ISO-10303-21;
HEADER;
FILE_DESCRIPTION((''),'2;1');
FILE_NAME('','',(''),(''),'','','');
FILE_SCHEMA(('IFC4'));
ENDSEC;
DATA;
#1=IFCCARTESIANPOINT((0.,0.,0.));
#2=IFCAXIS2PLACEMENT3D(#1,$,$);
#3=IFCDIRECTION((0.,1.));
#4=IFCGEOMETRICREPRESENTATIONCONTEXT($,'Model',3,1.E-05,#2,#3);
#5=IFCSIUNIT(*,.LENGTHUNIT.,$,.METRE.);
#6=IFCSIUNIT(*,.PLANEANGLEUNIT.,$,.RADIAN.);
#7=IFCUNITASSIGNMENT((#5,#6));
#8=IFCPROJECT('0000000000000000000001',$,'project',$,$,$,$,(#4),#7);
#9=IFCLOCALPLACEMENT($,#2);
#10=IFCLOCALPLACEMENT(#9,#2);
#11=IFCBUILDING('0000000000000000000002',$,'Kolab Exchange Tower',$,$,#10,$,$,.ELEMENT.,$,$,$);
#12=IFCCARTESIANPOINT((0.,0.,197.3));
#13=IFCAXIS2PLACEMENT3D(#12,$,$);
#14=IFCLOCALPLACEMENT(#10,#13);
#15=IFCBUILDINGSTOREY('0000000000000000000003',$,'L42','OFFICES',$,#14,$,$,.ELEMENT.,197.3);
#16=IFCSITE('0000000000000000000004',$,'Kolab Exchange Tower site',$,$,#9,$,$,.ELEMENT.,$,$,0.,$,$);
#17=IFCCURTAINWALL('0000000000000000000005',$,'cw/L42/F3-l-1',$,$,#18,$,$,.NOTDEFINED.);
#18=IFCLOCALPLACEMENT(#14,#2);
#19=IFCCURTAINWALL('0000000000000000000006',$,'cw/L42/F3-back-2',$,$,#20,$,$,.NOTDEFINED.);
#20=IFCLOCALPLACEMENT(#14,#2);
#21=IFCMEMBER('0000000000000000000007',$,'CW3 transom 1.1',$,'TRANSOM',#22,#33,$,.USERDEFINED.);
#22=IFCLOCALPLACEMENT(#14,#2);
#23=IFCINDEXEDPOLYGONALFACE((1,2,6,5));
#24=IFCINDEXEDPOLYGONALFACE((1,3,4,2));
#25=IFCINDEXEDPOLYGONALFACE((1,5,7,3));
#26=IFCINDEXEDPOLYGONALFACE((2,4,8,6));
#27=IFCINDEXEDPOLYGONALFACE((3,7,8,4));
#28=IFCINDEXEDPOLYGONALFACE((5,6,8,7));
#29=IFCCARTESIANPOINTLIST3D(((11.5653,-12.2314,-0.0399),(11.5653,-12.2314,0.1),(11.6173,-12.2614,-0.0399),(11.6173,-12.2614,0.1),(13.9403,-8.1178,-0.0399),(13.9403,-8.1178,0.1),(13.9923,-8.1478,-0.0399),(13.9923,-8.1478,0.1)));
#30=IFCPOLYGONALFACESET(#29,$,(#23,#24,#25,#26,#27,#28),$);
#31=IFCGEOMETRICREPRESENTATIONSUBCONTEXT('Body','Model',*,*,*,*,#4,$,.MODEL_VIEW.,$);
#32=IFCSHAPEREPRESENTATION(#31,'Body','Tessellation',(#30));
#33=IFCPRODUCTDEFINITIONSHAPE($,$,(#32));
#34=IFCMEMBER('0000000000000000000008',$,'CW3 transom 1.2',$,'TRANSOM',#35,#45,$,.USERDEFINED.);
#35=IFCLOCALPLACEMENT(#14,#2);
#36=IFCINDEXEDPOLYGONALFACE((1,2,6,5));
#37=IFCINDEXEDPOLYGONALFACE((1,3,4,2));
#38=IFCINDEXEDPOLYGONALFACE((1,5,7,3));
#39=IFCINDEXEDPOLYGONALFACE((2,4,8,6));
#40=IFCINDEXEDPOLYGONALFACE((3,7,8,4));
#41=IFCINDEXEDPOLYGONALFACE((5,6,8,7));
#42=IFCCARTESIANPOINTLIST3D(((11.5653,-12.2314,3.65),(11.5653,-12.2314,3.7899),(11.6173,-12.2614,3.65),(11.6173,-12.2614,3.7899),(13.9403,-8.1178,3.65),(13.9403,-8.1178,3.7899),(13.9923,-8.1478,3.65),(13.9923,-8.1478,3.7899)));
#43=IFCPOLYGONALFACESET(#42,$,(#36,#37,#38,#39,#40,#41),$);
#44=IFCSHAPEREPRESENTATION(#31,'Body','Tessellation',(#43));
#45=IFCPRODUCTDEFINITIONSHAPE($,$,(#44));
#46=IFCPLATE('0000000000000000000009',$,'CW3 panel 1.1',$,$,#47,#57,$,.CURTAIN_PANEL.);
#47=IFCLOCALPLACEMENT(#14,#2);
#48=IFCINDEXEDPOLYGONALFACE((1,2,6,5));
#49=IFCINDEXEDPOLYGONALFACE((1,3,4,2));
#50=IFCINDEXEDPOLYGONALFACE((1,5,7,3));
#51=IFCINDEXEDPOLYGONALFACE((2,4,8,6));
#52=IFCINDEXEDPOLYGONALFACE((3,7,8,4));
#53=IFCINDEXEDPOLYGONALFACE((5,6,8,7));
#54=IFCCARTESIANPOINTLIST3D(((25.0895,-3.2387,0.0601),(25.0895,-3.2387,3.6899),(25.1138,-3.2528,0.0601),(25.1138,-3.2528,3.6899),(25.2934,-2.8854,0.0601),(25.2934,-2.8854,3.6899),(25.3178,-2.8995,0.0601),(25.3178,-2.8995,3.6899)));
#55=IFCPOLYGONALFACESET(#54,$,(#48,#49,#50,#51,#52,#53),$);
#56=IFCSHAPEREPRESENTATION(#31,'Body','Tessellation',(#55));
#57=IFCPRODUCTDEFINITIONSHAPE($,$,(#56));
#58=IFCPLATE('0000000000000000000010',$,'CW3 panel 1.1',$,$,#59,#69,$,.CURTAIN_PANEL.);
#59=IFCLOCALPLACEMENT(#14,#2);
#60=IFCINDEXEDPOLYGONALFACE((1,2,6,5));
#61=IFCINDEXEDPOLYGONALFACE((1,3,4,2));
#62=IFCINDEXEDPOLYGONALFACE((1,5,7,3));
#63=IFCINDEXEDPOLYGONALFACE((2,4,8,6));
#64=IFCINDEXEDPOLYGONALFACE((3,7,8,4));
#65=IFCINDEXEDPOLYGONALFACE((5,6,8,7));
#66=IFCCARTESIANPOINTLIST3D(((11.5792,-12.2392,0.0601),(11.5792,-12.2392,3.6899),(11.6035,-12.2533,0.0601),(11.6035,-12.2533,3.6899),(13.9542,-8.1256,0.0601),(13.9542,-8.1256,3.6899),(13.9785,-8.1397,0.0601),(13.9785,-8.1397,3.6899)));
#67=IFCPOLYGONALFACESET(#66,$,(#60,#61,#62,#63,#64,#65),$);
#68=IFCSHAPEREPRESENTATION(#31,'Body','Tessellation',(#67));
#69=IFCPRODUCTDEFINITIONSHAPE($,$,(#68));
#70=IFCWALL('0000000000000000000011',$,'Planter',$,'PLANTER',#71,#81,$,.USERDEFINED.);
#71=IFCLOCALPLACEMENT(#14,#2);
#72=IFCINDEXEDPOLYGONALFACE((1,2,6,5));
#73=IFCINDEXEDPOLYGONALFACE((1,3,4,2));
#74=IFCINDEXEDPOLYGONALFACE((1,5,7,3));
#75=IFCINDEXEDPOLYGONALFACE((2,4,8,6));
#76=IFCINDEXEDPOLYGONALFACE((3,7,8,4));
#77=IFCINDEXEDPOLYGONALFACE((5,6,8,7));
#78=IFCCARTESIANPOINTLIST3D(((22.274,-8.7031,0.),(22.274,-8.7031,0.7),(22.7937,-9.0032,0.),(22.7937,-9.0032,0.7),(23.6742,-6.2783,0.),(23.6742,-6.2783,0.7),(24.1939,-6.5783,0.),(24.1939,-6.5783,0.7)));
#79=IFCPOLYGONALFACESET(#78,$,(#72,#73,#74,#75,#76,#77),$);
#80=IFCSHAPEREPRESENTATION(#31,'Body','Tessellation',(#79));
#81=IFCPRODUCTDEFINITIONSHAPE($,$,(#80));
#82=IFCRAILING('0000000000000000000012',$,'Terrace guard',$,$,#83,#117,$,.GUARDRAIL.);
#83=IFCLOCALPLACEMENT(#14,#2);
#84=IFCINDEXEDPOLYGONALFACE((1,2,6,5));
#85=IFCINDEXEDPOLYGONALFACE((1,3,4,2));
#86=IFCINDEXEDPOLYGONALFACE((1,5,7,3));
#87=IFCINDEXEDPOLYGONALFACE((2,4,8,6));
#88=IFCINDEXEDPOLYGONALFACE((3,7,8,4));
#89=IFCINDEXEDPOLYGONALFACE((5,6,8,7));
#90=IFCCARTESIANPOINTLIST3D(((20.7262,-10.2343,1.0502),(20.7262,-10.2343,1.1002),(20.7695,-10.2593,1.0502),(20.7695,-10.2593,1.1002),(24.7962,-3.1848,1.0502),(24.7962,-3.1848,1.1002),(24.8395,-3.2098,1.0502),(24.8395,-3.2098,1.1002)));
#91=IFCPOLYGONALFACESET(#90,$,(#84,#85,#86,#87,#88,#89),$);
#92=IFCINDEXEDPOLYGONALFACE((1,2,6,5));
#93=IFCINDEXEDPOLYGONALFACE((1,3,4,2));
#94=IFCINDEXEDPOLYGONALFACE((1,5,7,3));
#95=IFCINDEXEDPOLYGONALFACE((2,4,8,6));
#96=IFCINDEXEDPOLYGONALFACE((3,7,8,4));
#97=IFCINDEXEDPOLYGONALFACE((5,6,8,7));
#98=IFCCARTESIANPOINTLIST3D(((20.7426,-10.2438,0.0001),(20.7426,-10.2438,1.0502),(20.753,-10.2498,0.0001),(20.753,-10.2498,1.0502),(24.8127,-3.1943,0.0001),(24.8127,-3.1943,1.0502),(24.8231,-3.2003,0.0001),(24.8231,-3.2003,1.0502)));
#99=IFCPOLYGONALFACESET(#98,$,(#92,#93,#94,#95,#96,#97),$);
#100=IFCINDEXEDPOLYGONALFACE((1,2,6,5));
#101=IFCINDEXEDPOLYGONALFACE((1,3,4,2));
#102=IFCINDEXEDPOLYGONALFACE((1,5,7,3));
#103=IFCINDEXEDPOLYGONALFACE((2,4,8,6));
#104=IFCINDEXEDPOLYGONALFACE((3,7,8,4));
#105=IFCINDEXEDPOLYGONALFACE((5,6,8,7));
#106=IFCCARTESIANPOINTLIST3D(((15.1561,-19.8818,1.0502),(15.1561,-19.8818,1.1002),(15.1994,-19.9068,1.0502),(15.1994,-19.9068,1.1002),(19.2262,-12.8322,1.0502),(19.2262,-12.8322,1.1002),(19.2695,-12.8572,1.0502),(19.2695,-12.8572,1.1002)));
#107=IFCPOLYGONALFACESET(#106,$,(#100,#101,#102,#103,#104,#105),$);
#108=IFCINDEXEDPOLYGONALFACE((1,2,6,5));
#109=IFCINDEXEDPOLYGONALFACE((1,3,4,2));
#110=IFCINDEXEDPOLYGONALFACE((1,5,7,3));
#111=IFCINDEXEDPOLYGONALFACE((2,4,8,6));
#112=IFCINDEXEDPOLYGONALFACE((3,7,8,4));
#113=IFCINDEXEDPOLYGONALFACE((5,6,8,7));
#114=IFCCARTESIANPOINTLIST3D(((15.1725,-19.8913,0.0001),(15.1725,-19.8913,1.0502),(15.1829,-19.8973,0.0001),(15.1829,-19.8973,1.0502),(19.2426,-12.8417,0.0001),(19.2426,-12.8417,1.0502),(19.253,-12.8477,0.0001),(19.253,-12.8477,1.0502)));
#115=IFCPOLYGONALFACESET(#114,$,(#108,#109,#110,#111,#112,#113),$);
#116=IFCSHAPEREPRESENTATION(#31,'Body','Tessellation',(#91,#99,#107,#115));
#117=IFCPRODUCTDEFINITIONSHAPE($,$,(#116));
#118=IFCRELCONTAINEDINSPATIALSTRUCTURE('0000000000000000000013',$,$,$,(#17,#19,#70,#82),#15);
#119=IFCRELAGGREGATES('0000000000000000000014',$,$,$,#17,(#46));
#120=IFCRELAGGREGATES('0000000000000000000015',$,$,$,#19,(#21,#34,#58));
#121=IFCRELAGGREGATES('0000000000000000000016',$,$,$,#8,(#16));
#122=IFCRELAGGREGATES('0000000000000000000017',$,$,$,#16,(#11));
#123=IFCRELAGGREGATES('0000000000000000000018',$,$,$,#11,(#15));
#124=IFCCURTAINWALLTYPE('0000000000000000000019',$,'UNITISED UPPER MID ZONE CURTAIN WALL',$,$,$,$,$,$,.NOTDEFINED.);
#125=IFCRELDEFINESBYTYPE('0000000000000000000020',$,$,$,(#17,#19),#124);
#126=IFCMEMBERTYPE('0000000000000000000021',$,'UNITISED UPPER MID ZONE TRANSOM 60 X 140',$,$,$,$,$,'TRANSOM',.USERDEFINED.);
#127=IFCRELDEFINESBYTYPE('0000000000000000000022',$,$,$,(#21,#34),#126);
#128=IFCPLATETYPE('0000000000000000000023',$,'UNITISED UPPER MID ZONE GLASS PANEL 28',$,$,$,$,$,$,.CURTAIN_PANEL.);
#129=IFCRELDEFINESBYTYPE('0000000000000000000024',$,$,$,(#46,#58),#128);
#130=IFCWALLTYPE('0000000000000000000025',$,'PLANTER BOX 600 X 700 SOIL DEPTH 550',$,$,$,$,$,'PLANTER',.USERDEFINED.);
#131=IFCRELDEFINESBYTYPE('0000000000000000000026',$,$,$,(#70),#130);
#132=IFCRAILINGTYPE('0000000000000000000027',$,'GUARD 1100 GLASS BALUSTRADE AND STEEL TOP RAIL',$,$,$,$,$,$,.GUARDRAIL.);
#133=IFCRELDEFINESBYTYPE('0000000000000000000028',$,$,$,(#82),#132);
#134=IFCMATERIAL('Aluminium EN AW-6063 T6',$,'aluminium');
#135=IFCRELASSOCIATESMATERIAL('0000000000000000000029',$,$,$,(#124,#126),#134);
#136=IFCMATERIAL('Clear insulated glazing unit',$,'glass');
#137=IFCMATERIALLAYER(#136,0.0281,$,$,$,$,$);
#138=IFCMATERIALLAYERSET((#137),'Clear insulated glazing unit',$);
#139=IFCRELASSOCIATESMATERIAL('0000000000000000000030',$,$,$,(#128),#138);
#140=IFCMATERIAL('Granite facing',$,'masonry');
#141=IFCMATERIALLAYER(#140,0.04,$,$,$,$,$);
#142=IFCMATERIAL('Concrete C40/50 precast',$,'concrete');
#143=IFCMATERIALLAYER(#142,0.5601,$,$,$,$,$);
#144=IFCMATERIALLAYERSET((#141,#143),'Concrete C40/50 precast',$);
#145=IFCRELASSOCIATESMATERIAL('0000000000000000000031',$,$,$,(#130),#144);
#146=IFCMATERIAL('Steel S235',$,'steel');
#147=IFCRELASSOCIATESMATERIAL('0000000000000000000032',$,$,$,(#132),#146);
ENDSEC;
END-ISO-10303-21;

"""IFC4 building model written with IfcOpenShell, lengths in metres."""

from ifc_helpers import new_model, si_unit, direction, frame, frame_2d, origin, origin_2d, place, context, subcontext, project, spatial, rectangle, extrude, material, layer, layer_set, material_profile, profile_set, type_object, element, aggregate, save


model = new_model("IFC4")

# Units and contexts
model_context = context("Model", 3, precision=1e-05, world=origin(), true_north=direction((0.0, 1.0)))
body_context = subcontext(model_context, "Body", "Model", "MODEL_VIEW")
ifc_project = project(units=[si_unit("LENGTHUNIT", "METRE"), si_unit("PLANEANGLEUNIT", "RADIAN")], contexts=[model_context])

# Site, building, storey
site_placement = place(None, origin())
site = spatial("IfcSite", under=ifc_project, at=site_placement, Name="Kolab Exchange Tower site", CompositionType="ELEMENT", RefElevation=0.0)
building_placement = place(site_placement, origin())
building = spatial("IfcBuilding", under=site, at=building_placement, Name="Kolab Exchange Tower", CompositionType="ELEMENT")
storey_placement = place(building_placement, frame((0.0, 0.0, 197.3)))
storey = spatial("IfcBuildingStorey", under=building, at=storey_placement, Name="L42", Description="OFFICES", CompositionType="ELEMENT", Elevation=197.3)

# Curtain walls
ifc_material_1 = material(Name="Aluminium EN AW-6063 T6", Category="aluminium")
curtain_wall_type = type_object("IfcCurtainWallType", Name="UNITISED UPPER MID ZONE CURTAIN WALL", PredefinedType="NOTDEFINED", material=ifc_material_1)
curtain_wall_1_placement = place(storey_placement, origin())
curtain_wall_1 = element("IfcCurtainWall", 1, at=curtain_wall_1_placement, inside=storey, type_object=curtain_wall_type, Name="cw/L42/F3-l-1", PredefinedType="NOTDEFINED")
curtain_wall_2_placement = place(storey_placement, origin())
curtain_wall_2 = element("IfcCurtainWall", 2, at=curtain_wall_2_placement, inside=storey, type_object=curtain_wall_type, Name="cw/L42/F3-back-2", PredefinedType="NOTDEFINED")

# Members
ifc_material_profile_1 = material_profile(ifc_material_1, rectangle(XDim=0.0601, YDim=0.1399, at=origin_2d()), Name="RECT 60X140")
ifc_profile_set_1 = profile_set([ifc_material_profile_1], Name="Aluminium EN AW-6063 T6")
member_type_1 = type_object("IfcMemberType", Name="UNITISED UPPER MID ZONE TRANSOM 60 X 140", ElementType="TRANSOM", PredefinedType="USERDEFINED", material=ifc_profile_set_1)
member_1_placement = place(storey_placement, frame((13.9663, -8.1328, 0.03), z_axis=(-0.500009, -0.86602, 0.0), x_axis=(0.86602, -0.500009, 0.0)))
member_1 = element("IfcMember", 3, at=member_1_placement, type_object=member_type_1, Name="CW3 transom 1.1", ObjectType="TRANSOM", PredefinedType="USERDEFINED", context=body_context, shape_type="SweptSolid", body=[
    extrude(rectangle(XDim=0.0601, YDim=0.1399, at=origin_2d()), origin(), (0.0, 0.0, 1.0), 4.75),
])
member_2_placement = place(storey_placement, frame((13.9663, -8.1328, 3.72), z_axis=(-0.500009, -0.86602, 0.0), x_axis=(0.86602, -0.500009, 0.0)))
member_2 = element("IfcMember", 4, at=member_2_placement, type_object=member_type_1, Name="CW3 transom 1.2", ObjectType="TRANSOM", PredefinedType="USERDEFINED", context=body_context, shape_type="SweptSolid", body=[
    extrude(rectangle(XDim=0.0601, YDim=0.1399, at=origin_2d()), origin(), (0.0, 0.0, 1.0), 4.75),
])

# Plates
ifc_material_2 = material(Name="Clear insulated glazing unit", Category="glass")
ifc_layer_1 = layer(ifc_material_2, 0.0281)
ifc_layer_set_1 = layer_set([ifc_layer_1], Name="Clear insulated glazing unit")
plate_type = type_object("IfcPlateType", Name="UNITISED UPPER MID ZONE GLASS PANEL 28", PredefinedType="CURTAIN_PANEL", material=ifc_layer_set_1)
plate_1_placement = place(storey_placement, frame((25.2036, -3.0691, 0.0601), z_axis=(0.0, 0.0, 1.0), x_axis=(-0.499999, -0.866026, 0.0)))
plate_1 = element("IfcPlate", 5, at=plate_1_placement, type_object=plate_type, Name="CW3 panel 1.1", PredefinedType="CURTAIN_PANEL", context=body_context, shape_type="SweptSolid", body=[
    extrude(rectangle(XDim=0.408, YDim=0.0281, at=origin_2d()), origin(), (0.0, 0.0, 1.0), 3.6299),
])
aggregate(curtain_wall_1, [plate_1])
plate_2_placement = place(storey_placement, frame((12.7788, -10.1895, 0.0601), z_axis=(0.0, 0.0, 1.0), x_axis=(-0.5, -0.866025, 0.0)))
plate_2 = element("IfcPlate", 6, at=plate_2_placement, type_object=plate_type, Name="CW3 panel 1.1", PredefinedType="CURTAIN_PANEL", context=body_context, shape_type="SweptSolid", body=[
    extrude(rectangle(XDim=4.75, YDim=0.0281, at=origin_2d()), origin(), (0.0, 0.0, 1.0), 3.6299),
])
aggregate(curtain_wall_2, [member_1, member_2, plate_2])

# Wall
ifc_material_3 = material(Name="Granite facing", Category="masonry")
ifc_layer_2 = layer(ifc_material_3, 0.04)
ifc_material_4 = material(Name="Concrete C40/50 precast", Category="concrete")
ifc_layer_3 = layer(ifc_material_4, 0.5601)
ifc_layer_set_2 = layer_set([ifc_layer_2, ifc_layer_3], Name="Concrete C40/50 precast")
wall_type_1 = type_object("IfcWallType", Name="PLANTER BOX 600 X 700 SOIL DEPTH 550", ElementType="PLANTER", PredefinedType="USERDEFINED", material=ifc_layer_set_2)
wall_1_placement = place(storey_placement, frame((22.5339, -8.853, 0.0), z_axis=(0.0, 0.0, 1.0), x_axis=(0.50005, 0.865997, 0.0)))
element("IfcWall", 7, at=wall_1_placement, inside=storey, type_object=wall_type_1, Name="Planter", ObjectType="PLANTER", PredefinedType="USERDEFINED", context=body_context, shape_type="SweptSolid", body=[
    extrude(rectangle(XDim=2.8, YDim=0.6001, at=frame_2d((1.3999, 0.0))), origin(), (0.0, 0.0, 1.0), 0.7),
])

# Railing
ifc_material_5 = material(Name="Steel S235", Category="steel")
railing_type = type_object("IfcRailingType", Name="GUARD 1100 GLASS BALUSTRADE AND STEEL TOP RAIL", PredefinedType="GUARDRAIL", material=ifc_material_5)
railing_placement = place(storey_placement, frame((24.8179, -3.1973, 0.0)))
element("IfcRailing", 8, at=railing_placement, inside=storey, type_object=railing_type, Name="Terrace guard", PredefinedType="GUARDRAIL", context=body_context, shape_type="SweptSolid", body=[
    extrude(rectangle(XDim=0.05, YDim=0.05, at=origin_2d()), frame((0.0, 0.0, 1.0752), z_axis=(-0.5, -0.866025, 0.0), x_axis=(0.866025, -0.5, 0.0)), (0.0, 0.0, 1.0), 8.1401),
    extrude(rectangle(XDim=0.012, YDim=1.0501, at=frame_2d((0.0, 0.5251))), frame((0.0, 0.0, 0.0), z_axis=(-0.5, -0.866025, 0.0), x_axis=(0.866025, -0.5, 0.0)), (0.0, 0.0, 1.0), 8.1401),
    extrude(rectangle(XDim=0.05, YDim=0.05, at=origin_2d()), frame((-9.6401, -16.697, 1.0752), z_axis=(0.5, 0.866025, 0.0), x_axis=(-0.866025, 0.5, 0.0)), (0.0, 0.0, 1.0), 8.1401),
    extrude(rectangle(XDim=0.012, YDim=1.0501, at=frame_2d((0.0, 0.5251))), frame((-9.6401, -16.697, 0.0), z_axis=(0.5, 0.866025, 0.0), x_axis=(-0.866025, 0.5, 0.0)), (0.0, 0.0, 1.0), 8.1401),
])

save(model, "model.ifc")
